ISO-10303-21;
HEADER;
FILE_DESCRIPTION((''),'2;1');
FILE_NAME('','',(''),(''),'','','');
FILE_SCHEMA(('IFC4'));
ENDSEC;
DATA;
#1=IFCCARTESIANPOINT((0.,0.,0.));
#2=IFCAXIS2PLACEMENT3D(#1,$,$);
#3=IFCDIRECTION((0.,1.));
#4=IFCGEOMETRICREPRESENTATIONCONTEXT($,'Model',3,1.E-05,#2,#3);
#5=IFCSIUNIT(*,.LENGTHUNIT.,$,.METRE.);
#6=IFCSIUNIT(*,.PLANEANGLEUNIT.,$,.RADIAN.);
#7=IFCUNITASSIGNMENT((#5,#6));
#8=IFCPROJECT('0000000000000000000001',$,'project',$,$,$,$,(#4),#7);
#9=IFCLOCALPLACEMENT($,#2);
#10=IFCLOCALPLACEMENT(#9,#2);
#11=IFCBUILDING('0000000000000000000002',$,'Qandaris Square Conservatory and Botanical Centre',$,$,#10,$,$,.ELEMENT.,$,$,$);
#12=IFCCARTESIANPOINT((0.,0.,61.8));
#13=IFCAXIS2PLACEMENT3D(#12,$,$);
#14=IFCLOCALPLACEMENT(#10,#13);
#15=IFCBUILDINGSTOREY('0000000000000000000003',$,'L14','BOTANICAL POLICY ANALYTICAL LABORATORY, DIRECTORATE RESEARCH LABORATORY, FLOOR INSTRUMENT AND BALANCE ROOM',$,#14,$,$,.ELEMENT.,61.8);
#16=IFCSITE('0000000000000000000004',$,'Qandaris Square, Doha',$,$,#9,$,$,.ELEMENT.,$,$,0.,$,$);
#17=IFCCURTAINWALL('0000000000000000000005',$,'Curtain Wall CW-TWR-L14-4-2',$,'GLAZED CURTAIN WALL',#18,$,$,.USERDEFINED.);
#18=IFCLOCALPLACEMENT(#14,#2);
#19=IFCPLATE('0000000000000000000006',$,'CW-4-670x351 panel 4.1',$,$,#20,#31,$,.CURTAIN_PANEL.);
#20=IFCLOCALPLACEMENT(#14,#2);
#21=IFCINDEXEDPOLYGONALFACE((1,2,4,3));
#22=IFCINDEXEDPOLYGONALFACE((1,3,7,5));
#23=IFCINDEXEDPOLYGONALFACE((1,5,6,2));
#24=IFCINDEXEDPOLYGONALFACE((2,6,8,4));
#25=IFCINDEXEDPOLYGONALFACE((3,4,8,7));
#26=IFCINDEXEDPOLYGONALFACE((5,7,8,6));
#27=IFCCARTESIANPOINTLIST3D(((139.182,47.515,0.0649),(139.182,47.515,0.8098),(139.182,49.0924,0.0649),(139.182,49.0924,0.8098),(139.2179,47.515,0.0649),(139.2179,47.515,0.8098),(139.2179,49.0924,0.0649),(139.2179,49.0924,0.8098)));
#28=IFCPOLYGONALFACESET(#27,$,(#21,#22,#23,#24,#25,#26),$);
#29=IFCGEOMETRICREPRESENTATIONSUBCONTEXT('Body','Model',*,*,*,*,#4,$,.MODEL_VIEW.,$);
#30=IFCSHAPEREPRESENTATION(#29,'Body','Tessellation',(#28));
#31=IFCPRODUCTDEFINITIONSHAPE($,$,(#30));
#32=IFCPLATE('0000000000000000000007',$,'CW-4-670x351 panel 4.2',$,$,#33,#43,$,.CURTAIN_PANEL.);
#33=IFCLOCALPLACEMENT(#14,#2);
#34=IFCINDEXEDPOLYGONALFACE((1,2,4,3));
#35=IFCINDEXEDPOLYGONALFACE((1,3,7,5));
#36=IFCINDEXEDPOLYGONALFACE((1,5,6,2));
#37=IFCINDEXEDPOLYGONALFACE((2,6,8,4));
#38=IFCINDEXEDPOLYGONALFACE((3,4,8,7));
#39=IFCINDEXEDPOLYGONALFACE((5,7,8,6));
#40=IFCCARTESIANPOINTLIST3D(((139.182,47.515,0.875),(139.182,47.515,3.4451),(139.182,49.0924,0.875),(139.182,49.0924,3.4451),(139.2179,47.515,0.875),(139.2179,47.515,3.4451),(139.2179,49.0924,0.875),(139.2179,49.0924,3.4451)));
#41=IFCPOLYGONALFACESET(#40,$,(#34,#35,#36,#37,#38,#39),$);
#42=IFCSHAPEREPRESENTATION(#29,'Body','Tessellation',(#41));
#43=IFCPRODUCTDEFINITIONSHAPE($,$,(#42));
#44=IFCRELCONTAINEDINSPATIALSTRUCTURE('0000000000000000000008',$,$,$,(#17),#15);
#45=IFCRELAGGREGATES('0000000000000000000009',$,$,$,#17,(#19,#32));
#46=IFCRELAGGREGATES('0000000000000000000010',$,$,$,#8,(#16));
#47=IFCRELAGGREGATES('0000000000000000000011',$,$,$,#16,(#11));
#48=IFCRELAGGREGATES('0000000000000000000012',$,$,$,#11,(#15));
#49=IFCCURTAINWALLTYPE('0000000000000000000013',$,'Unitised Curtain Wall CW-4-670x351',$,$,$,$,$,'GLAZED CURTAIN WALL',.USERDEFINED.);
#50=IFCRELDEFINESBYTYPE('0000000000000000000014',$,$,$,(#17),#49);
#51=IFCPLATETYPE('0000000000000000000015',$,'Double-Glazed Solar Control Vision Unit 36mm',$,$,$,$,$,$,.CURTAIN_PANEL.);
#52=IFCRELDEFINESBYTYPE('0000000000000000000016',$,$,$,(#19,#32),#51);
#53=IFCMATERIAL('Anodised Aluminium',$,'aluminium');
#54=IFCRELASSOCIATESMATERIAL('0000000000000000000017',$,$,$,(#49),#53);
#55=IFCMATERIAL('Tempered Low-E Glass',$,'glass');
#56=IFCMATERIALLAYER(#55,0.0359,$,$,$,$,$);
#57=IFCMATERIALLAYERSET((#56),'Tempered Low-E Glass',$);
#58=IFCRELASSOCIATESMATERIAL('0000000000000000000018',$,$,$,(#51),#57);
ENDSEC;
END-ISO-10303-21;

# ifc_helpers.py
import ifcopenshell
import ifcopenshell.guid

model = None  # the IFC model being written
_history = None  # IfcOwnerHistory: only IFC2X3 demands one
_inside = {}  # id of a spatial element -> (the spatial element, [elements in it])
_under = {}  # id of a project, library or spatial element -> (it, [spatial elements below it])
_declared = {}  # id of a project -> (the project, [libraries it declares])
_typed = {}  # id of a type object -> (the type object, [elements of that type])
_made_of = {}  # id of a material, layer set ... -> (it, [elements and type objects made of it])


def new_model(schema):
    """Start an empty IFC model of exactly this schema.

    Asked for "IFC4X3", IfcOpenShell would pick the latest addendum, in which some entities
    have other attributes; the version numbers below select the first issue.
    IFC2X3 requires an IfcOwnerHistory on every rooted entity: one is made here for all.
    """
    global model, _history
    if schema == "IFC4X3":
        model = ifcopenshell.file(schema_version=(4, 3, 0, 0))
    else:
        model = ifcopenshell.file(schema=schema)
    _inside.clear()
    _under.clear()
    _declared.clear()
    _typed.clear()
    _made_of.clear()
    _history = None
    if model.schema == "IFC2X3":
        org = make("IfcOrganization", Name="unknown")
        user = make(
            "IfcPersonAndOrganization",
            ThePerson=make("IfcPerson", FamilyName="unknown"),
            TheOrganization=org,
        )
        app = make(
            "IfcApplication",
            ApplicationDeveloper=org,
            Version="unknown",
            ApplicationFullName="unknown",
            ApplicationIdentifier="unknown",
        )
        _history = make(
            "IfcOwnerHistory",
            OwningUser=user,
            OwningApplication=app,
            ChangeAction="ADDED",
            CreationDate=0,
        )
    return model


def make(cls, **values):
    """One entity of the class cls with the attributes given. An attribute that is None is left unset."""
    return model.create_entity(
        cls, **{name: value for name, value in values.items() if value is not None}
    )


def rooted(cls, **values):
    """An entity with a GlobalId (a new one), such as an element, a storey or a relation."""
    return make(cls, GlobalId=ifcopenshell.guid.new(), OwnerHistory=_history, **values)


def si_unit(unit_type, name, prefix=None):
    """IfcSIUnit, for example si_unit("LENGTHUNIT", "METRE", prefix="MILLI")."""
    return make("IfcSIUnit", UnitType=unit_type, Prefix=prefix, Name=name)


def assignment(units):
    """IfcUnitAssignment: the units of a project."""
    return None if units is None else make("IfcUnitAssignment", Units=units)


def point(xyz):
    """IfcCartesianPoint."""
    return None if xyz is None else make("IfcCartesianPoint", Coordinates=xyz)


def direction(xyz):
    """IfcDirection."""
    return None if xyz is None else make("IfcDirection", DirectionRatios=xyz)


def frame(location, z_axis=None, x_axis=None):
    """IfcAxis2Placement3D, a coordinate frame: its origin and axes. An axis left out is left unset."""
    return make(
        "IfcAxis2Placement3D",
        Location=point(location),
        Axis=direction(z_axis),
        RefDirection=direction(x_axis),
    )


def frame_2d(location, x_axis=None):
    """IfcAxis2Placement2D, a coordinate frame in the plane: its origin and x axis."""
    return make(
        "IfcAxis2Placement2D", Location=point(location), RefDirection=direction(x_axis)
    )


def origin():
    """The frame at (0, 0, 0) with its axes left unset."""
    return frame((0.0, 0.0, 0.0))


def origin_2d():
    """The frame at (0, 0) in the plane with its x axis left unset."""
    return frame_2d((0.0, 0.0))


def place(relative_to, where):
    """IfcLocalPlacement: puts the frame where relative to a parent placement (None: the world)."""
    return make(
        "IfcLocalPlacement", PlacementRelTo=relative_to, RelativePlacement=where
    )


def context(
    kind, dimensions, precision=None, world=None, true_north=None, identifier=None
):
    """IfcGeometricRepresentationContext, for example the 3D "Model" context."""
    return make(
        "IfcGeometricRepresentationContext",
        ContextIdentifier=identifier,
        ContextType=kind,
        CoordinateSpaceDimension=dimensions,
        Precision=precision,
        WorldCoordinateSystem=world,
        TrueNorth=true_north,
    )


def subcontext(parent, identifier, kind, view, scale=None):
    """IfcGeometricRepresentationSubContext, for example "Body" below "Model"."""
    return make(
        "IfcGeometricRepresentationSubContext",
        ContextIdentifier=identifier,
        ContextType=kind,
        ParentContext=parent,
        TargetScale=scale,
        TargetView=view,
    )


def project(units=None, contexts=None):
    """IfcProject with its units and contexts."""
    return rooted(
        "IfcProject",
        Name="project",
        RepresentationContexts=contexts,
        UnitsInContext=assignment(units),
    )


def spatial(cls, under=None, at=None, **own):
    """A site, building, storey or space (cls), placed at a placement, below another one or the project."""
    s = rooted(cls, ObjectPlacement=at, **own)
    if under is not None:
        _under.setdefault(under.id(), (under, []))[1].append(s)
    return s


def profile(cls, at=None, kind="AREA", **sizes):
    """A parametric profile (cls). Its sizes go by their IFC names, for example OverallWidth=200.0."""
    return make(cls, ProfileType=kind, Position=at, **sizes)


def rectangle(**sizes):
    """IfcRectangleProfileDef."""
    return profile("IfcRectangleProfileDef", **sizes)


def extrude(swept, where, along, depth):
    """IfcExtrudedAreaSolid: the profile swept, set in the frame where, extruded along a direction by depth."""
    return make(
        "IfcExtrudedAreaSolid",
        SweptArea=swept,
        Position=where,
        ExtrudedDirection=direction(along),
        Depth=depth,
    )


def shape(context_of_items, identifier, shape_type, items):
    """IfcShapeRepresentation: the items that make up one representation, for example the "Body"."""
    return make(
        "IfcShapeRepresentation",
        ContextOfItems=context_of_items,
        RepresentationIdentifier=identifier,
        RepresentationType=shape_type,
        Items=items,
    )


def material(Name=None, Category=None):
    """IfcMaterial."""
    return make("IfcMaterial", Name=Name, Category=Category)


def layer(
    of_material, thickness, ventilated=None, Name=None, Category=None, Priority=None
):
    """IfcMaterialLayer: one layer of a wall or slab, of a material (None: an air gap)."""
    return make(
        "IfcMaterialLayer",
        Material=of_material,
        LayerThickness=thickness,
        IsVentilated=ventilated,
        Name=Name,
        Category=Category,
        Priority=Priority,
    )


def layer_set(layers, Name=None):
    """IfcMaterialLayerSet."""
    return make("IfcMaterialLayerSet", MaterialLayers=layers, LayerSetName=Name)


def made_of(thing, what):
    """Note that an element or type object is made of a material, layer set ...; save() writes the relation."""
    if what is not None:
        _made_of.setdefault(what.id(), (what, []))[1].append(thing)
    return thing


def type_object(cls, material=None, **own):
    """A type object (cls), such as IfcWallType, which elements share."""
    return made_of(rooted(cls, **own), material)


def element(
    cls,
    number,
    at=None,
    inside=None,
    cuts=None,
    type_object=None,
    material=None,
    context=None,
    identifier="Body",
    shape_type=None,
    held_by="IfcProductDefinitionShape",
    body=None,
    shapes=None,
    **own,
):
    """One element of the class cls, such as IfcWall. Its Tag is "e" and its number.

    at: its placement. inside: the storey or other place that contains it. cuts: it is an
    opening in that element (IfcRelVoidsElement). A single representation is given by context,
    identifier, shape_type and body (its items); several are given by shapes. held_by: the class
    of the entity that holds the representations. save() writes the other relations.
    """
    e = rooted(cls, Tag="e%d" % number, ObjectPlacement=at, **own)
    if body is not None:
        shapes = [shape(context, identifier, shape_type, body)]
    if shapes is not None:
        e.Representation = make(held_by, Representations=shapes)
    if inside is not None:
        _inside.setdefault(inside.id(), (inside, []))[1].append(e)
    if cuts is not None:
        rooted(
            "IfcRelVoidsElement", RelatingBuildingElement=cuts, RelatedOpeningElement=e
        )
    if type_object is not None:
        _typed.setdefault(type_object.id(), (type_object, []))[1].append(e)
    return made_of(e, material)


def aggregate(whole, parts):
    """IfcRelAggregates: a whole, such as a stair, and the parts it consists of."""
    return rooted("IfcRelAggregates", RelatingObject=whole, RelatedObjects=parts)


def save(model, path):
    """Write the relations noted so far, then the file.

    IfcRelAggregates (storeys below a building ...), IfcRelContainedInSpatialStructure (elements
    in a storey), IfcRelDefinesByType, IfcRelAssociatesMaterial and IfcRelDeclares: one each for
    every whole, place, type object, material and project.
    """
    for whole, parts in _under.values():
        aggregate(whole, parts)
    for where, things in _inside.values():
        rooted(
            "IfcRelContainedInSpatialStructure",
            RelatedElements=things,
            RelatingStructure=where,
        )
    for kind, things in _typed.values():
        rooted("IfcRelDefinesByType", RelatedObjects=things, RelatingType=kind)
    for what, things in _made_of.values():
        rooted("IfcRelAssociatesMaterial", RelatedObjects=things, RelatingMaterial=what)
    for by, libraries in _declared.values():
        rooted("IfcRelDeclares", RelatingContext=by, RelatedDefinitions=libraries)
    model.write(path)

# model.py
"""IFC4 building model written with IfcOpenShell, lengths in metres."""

from ifc_helpers import new_model, si_unit, direction, frame, origin, origin_2d, place, context, subcontext, project, spatial, rectangle, extrude, material, layer, layer_set, type_object, element, aggregate, save


model = new_model("IFC4")

# Units and contexts
model_context = context("Model", 3, precision=1e-05, world=origin(), true_north=direction((0.0, 1.0)))
body_context = subcontext(model_context, "Body", "Model", "MODEL_VIEW")
ifc_project = project(units=[si_unit("LENGTHUNIT", "METRE"), si_unit("PLANEANGLEUNIT", "RADIAN")], contexts=[model_context])

# Site, building, storey
site_placement = place(None, origin())
site = spatial("IfcSite", under=ifc_project, at=site_placement, Name="Qandaris Square, Doha", CompositionType="ELEMENT", RefElevation=0.0)
building_placement = place(site_placement, origin())
building = spatial("IfcBuilding", under=site, at=building_placement, Name="Qandaris Square Conservatory and Botanical Centre", CompositionType="ELEMENT")
storey_placement = place(building_placement, frame((0.0, 0.0, 61.8)))
storey = spatial("IfcBuildingStorey", under=building, at=storey_placement, Name="L14", Description="BOTANICAL POLICY ANALYTICAL LABORATORY, DIRECTORATE RESEARCH LABORATORY, FLOOR INSTRUMENT AND BALANCE ROOM", CompositionType="ELEMENT", Elevation=61.8)

# Curtain wall
ifc_material_1 = material(Name="Anodised Aluminium", Category="aluminium")
curtain_wall_type = type_object("IfcCurtainWallType", Name="Unitised Curtain Wall CW-4-670x351", ElementType="GLAZED CURTAIN WALL", PredefinedType="USERDEFINED", material=ifc_material_1)
curtain_wall_placement = place(storey_placement, origin())
curtain_wall = element("IfcCurtainWall", 1, at=curtain_wall_placement, inside=storey, type_object=curtain_wall_type, Name="Curtain Wall CW-TWR-L14-4-2", ObjectType="GLAZED CURTAIN WALL", PredefinedType="USERDEFINED")

# Plates
ifc_material_2 = material(Name="Tempered Low-E Glass", Category="glass")
ifc_layer = layer(ifc_material_2, 0.0359)
ifc_layer_set = layer_set([ifc_layer], Name="Tempered Low-E Glass")
plate_type = type_object("IfcPlateType", Name="Double-Glazed Solar Control Vision Unit 36mm", PredefinedType="CURTAIN_PANEL", material=ifc_layer_set)
plate_1_placement = place(storey_placement, frame((139.2, 48.3037, 0.0649), z_axis=(0.0, 0.0, 1.0), x_axis=(0.0, -1.0, 0.0)))
plate_1 = element("IfcPlate", 2, at=plate_1_placement, type_object=plate_type, Name="CW-4-670x351 panel 4.1", PredefinedType="CURTAIN_PANEL", context=body_context, shape_type="SweptSolid", body=[
    extrude(rectangle(XDim=1.5774, YDim=0.0359, at=origin_2d()), origin(), (0.0, 0.0, 1.0), 0.7449),
])
plate_2_placement = place(storey_placement, frame((139.2, 48.3037, 0.875), z_axis=(0.0, 0.0, 1.0), x_axis=(0.0, -1.0, 0.0)))
plate_2 = element("IfcPlate", 3, at=plate_2_placement, type_object=plate_type, Name="CW-4-670x351 panel 4.2", PredefinedType="CURTAIN_PANEL", context=body_context, shape_type="SweptSolid", body=[
    extrude(rectangle(XDim=1.5774, YDim=0.0359, at=origin_2d()), origin(), (0.0, 0.0, 1.0), 2.5701),
])
aggregate(curtain_wall, [plate_1, plate_2])

save(model, "model.ifc")
